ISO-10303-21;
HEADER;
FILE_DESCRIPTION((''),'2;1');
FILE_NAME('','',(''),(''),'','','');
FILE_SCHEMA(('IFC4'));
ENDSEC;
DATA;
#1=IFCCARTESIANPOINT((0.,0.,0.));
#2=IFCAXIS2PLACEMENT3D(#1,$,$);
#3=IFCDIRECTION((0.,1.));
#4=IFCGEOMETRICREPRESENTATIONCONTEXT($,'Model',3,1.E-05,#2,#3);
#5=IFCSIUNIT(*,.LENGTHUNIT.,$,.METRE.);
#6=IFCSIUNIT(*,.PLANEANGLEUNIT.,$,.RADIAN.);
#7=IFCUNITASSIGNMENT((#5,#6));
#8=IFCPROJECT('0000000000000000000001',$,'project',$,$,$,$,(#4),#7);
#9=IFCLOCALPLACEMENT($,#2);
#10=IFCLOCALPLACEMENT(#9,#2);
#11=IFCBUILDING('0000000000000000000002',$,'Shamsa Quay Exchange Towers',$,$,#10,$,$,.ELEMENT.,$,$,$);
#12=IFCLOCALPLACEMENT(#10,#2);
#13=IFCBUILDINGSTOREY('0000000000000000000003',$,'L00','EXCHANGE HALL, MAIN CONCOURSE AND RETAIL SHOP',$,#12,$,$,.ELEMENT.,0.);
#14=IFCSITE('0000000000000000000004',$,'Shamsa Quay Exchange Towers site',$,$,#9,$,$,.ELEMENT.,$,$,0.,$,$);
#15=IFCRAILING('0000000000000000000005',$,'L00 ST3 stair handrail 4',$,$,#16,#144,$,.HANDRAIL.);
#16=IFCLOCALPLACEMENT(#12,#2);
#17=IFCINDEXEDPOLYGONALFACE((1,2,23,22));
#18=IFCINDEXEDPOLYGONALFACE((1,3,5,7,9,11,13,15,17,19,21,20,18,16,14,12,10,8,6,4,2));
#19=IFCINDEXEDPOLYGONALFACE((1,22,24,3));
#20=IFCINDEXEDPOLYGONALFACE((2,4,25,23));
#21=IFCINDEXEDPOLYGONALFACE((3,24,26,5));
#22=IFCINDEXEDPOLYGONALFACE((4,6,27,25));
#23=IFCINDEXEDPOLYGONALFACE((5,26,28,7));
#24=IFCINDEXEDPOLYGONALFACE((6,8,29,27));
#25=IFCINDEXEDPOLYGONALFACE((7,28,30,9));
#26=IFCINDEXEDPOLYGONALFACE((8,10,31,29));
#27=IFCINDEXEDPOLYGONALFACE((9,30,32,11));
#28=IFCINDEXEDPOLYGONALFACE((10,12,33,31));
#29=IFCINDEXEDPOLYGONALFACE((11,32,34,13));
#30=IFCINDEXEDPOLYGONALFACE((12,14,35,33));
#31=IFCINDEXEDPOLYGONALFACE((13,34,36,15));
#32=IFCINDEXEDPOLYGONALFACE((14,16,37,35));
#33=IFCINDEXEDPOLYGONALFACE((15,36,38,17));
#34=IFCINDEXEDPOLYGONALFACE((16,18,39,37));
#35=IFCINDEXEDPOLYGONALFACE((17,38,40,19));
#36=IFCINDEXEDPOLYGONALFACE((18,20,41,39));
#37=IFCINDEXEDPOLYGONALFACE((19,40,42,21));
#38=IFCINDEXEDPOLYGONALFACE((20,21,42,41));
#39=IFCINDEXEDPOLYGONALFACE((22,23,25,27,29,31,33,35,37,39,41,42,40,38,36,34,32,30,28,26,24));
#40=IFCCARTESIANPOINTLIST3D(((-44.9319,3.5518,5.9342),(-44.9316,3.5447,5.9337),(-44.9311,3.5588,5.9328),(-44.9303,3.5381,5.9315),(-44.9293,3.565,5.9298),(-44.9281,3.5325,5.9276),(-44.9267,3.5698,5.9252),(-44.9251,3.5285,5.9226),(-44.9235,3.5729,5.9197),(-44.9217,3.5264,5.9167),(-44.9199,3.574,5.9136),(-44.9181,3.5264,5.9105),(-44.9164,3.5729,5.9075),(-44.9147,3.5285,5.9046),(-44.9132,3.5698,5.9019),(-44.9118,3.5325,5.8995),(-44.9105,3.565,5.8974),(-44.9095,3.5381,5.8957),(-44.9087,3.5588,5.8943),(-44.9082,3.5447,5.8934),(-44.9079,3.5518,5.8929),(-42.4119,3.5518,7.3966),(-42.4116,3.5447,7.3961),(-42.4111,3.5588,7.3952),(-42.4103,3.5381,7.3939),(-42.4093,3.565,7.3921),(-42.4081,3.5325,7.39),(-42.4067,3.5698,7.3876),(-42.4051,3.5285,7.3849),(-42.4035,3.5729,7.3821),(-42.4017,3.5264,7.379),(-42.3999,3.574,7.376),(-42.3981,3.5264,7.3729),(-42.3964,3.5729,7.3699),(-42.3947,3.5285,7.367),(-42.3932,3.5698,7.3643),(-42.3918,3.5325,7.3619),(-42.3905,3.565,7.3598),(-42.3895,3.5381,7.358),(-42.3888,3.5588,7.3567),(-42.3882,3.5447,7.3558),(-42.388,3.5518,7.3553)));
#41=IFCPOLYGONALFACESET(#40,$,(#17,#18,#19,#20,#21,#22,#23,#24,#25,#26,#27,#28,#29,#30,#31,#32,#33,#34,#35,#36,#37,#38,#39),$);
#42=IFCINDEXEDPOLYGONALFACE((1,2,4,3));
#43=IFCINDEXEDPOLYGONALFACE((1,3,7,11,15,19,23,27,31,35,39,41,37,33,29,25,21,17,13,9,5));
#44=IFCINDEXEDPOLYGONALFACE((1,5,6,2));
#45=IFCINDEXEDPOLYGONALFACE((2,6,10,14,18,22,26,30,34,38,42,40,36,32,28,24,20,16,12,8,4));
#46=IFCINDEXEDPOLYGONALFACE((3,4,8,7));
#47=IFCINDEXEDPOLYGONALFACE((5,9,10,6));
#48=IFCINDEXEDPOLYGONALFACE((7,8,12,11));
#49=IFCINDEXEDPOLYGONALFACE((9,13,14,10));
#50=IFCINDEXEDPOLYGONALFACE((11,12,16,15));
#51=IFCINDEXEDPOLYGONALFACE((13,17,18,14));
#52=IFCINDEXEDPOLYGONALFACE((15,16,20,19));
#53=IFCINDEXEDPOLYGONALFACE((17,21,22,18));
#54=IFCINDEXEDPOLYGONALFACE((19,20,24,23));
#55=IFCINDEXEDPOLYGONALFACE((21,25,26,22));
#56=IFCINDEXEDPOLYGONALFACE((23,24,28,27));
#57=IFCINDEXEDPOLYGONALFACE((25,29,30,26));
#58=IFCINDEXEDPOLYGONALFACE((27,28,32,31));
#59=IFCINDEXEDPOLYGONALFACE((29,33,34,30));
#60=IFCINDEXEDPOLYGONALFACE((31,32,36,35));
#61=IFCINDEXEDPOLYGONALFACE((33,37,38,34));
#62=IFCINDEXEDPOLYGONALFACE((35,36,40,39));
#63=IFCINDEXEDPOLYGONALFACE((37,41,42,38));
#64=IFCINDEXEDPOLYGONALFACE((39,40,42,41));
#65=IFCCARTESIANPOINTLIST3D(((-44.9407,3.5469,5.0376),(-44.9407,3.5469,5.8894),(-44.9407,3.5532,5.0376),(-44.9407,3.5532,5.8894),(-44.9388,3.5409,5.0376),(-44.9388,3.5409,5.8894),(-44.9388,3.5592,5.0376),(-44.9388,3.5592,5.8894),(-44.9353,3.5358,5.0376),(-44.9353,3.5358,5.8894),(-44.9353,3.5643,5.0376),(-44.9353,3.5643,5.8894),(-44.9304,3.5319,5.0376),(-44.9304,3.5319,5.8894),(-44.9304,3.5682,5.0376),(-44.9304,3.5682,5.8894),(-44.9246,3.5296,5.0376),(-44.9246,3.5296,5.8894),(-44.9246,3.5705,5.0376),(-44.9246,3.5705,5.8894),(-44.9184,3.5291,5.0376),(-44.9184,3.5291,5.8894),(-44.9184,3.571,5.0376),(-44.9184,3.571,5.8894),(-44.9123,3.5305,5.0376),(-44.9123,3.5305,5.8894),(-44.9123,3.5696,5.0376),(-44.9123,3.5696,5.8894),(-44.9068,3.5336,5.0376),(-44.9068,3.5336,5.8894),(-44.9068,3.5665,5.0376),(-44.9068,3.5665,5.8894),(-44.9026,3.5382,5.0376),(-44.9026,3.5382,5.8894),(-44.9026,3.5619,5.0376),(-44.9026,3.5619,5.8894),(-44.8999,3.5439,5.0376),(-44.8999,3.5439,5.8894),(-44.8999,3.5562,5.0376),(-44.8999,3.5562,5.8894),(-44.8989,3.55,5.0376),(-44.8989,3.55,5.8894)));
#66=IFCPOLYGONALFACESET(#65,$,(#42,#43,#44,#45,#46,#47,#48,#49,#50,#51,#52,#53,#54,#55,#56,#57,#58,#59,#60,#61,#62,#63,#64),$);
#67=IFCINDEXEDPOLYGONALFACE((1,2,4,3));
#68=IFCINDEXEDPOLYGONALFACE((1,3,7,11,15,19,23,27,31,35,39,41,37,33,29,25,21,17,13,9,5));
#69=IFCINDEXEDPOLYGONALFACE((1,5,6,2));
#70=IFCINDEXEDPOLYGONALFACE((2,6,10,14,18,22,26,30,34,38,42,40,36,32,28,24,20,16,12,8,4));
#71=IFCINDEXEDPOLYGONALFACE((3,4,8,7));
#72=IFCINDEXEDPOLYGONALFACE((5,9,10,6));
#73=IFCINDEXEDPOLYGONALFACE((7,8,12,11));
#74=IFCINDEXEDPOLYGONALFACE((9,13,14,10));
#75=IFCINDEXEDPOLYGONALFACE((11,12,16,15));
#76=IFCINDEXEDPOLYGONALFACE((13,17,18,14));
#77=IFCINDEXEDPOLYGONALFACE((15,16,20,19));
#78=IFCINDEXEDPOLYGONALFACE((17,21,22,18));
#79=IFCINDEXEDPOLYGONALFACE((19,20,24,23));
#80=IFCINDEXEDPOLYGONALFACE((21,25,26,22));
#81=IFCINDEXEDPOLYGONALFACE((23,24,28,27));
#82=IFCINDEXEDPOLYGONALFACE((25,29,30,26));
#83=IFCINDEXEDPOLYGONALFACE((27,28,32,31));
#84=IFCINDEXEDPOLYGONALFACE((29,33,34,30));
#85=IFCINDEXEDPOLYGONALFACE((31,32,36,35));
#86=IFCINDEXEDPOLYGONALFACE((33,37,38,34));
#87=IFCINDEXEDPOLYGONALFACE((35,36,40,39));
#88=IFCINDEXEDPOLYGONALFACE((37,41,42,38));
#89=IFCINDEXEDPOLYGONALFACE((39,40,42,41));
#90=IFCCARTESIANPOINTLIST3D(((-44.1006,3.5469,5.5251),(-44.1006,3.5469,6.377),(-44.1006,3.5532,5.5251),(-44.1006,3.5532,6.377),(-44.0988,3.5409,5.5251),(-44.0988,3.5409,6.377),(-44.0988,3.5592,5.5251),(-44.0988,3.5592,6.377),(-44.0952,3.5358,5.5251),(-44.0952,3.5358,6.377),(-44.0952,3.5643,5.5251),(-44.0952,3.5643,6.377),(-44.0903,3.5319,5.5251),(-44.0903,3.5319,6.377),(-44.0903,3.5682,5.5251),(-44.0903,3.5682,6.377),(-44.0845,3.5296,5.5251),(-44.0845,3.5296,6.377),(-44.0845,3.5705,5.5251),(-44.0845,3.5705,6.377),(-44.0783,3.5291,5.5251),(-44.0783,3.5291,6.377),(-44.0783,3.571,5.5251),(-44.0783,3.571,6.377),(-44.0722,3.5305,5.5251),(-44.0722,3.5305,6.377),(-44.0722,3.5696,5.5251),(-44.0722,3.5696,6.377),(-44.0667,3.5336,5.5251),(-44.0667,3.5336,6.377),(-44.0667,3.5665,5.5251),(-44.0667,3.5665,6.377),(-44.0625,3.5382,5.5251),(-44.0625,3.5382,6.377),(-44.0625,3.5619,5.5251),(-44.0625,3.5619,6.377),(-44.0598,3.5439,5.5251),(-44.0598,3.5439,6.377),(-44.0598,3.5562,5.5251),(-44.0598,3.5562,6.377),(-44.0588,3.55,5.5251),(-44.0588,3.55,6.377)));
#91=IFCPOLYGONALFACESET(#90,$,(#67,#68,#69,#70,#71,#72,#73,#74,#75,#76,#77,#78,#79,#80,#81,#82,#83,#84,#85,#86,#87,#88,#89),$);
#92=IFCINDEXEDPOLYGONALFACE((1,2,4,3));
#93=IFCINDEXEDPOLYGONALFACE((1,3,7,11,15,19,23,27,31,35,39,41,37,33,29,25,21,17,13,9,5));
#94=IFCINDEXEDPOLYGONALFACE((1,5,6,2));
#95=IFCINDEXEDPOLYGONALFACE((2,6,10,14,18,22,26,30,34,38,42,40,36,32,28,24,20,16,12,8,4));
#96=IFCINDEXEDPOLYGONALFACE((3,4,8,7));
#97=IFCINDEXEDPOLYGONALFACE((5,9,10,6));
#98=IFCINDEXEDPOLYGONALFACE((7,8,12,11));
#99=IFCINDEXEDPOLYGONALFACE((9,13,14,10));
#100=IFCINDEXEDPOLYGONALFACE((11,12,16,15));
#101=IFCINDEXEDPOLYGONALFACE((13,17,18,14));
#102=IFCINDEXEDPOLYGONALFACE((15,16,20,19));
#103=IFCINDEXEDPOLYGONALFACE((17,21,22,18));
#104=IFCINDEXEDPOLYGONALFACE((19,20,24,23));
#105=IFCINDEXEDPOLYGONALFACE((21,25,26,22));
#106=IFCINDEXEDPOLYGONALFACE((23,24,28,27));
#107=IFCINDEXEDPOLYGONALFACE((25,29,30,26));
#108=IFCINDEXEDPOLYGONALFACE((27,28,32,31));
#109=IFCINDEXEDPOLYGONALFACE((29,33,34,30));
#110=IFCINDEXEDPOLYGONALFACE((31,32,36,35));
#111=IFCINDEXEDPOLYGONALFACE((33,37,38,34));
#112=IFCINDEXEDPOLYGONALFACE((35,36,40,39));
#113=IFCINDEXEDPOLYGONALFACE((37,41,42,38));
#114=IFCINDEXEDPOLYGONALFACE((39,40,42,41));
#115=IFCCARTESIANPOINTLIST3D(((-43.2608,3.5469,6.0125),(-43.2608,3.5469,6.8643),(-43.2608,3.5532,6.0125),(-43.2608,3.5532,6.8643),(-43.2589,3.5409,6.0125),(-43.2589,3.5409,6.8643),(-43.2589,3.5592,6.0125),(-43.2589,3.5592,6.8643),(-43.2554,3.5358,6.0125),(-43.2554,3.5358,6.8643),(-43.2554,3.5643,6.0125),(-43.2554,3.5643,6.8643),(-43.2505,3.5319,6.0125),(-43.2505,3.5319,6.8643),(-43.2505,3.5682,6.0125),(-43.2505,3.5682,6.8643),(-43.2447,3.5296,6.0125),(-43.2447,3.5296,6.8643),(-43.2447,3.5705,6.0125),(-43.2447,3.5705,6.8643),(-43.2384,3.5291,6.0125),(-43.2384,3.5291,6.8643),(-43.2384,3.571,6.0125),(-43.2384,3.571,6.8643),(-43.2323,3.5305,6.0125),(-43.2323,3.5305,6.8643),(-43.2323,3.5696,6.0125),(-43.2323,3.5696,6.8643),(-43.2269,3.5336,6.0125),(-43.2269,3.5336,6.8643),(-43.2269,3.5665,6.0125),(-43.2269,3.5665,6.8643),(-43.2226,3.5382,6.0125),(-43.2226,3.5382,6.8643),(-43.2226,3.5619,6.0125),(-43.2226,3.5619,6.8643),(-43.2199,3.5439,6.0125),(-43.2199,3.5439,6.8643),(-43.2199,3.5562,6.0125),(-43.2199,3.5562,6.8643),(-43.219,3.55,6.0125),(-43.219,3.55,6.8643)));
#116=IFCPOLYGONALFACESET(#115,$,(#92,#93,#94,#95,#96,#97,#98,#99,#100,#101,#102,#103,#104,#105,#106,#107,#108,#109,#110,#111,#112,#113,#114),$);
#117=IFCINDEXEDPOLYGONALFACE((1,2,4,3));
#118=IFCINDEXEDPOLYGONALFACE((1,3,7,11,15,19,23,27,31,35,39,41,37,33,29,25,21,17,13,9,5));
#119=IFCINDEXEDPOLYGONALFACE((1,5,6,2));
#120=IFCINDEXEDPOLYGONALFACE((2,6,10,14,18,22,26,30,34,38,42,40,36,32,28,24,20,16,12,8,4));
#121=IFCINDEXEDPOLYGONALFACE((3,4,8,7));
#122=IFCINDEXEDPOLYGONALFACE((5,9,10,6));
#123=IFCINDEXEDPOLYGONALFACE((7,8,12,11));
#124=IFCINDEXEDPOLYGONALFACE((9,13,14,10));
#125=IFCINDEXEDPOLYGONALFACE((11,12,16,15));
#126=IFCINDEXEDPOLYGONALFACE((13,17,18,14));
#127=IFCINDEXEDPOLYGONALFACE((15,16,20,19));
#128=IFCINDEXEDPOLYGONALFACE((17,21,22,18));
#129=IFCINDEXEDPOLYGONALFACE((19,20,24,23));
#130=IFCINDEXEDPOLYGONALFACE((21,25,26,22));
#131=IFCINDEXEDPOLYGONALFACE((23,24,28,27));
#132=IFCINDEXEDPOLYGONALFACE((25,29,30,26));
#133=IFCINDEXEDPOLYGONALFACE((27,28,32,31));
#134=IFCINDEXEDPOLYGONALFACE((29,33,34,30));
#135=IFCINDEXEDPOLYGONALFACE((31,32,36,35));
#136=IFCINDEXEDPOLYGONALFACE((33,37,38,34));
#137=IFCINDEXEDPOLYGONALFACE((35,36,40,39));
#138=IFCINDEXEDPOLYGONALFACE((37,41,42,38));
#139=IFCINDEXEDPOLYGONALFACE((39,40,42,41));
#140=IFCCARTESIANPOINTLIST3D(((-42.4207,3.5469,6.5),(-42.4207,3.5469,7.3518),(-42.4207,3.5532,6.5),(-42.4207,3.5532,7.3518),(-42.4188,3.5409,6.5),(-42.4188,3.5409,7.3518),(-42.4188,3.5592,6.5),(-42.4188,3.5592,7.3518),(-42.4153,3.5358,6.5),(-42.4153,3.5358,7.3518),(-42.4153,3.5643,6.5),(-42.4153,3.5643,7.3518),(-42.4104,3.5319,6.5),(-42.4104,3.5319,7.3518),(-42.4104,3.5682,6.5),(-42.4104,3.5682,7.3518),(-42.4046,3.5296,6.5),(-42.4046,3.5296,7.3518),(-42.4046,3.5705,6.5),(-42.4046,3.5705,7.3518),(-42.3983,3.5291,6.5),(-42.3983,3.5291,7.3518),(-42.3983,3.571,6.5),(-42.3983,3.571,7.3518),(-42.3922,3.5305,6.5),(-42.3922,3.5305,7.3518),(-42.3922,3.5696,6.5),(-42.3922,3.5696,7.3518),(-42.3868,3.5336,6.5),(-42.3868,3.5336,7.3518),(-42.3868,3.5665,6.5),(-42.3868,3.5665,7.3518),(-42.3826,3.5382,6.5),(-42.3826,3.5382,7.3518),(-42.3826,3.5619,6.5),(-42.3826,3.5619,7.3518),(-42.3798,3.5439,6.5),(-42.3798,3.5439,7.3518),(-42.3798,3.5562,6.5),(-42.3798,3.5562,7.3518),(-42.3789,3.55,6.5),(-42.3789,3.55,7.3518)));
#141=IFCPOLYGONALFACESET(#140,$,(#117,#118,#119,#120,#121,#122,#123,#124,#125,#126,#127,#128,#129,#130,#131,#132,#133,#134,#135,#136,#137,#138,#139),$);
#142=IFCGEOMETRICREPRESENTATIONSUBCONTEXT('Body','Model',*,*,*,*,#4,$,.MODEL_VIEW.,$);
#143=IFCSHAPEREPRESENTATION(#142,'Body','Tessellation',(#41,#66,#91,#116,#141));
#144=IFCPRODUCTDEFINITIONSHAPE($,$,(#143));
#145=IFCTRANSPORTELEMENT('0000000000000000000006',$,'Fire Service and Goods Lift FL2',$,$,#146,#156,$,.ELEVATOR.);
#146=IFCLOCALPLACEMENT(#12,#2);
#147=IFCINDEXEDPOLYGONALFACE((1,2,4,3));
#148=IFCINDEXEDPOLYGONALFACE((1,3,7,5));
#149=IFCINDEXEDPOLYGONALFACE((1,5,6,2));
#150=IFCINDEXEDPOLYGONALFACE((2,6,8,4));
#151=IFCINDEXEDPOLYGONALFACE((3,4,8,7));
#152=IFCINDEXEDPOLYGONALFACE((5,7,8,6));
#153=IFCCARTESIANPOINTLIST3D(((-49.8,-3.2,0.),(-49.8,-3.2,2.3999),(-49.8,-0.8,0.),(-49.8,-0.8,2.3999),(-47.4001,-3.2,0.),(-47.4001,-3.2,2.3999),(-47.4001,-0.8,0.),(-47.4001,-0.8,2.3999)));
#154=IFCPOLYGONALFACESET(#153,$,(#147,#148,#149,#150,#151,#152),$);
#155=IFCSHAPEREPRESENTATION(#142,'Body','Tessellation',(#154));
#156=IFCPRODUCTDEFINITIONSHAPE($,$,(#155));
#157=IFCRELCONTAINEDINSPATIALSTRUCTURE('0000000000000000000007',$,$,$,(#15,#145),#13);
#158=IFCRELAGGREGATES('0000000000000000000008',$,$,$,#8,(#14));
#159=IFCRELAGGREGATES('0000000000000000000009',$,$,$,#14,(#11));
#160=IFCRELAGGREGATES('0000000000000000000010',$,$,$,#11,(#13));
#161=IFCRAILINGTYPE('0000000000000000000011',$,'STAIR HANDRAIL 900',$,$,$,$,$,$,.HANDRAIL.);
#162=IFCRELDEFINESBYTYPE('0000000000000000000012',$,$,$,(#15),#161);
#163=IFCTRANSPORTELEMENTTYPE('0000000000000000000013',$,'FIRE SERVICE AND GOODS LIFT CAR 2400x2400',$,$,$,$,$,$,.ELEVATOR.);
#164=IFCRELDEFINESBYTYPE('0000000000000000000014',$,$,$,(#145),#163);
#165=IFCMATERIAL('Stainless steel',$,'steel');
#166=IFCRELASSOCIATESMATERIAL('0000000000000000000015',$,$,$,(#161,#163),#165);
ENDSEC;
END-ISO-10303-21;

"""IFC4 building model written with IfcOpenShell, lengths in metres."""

from ifc_helpers import new_model, si_unit, direction, frame, origin, origin_2d, place, context, subcontext, project, spatial, rectangle, circle, extrude, material, type_object, element, save


model = new_model("IFC4")

# Units and contexts
model_context = context("Model", 3, precision=1e-05, world=origin(), true_north=direction((0.0, 1.0)))
body_context = subcontext(model_context, "Body", "Model", "MODEL_VIEW")
ifc_project = project(units=[si_unit("LENGTHUNIT", "METRE"), si_unit("PLANEANGLEUNIT", "RADIAN")], contexts=[model_context])

# Site, building, storey
site_placement = place(None, origin())
site = spatial("IfcSite", under=ifc_project, at=site_placement, Name="Shamsa Quay Exchange Towers site", CompositionType="ELEMENT", RefElevation=0.0)
building_placement = place(site_placement, origin())
building = spatial("IfcBuilding", under=site, at=building_placement, Name="Shamsa Quay Exchange Towers", CompositionType="ELEMENT")
storey_placement = place(building_placement, origin())
storey = spatial("IfcBuildingStorey", under=building, at=storey_placement, Name="L00", Description="EXCHANGE HALL, MAIN CONCOURSE AND RETAIL SHOP", CompositionType="ELEMENT", Elevation=0.0)

# Railing
ifc_material_1 = material(Name="Stainless steel", Category="steel")
railing_type_1 = type_object("IfcRailingType", Name="STAIR HANDRAIL 900", PredefinedType="HANDRAIL", material=ifc_material_1)
for number, where, name in (
    (1, (-44.9199, 3.55, 5.0376), "L00 ST3 stair handrail 4"),
):
    element("IfcRailing", number, at=place(storey_placement, frame(where)), inside=storey, type_object=railing_type_1, Name=name, PredefinedType="HANDRAIL", context=body_context, shape_type="SweptSolid", body=[
        extrude(circle(Radius=0.0239, at=origin_2d()), frame((0.0, 0.0, 0.876), z_axis=(0.864913, 0.0, 0.501921), x_axis=(0.0, 1.0, 0.0)), (0.0, 0.0, 1.0), 2.9136),
        extrude(circle(Radius=0.021, at=origin_2d()), origin(), (0.0, 0.0, 1.0), 0.8518),
        extrude(circle(Radius=0.021, at=origin_2d()), frame((0.8401, 0.0, 0.4875)), (0.0, 0.0, 1.0), 0.8518),
        extrude(circle(Radius=0.021, at=origin_2d()), frame((1.6799, 0.0, 0.9749)), (0.0, 0.0, 1.0), 0.8518),
        extrude(circle(Radius=0.021, at=origin_2d()), frame((2.52, 0.0, 1.4624)), (0.0, 0.0, 1.0), 0.8518),
    ])

# Transport element
transport_element_type = type_object("IfcTransportElementType", Name="FIRE SERVICE AND GOODS LIFT CAR 2400x2400", PredefinedType="ELEVATOR", material=ifc_material_1)
transport_element_placement = place(storey_placement, frame((-48.6001, -2.0, 0.0)))
element("IfcTransportElement", 2, at=transport_element_placement, inside=storey, type_object=transport_element_type, Name="Fire Service and Goods Lift FL2", PredefinedType="ELEVATOR", context=body_context, shape_type="SweptSolid", body=[
    extrude(rectangle(XDim=2.3999, YDim=2.3999, at=origin_2d()), origin(), (0.0, 0.0, 1.0), 2.3999),
])

save(model, "model.ifc")
